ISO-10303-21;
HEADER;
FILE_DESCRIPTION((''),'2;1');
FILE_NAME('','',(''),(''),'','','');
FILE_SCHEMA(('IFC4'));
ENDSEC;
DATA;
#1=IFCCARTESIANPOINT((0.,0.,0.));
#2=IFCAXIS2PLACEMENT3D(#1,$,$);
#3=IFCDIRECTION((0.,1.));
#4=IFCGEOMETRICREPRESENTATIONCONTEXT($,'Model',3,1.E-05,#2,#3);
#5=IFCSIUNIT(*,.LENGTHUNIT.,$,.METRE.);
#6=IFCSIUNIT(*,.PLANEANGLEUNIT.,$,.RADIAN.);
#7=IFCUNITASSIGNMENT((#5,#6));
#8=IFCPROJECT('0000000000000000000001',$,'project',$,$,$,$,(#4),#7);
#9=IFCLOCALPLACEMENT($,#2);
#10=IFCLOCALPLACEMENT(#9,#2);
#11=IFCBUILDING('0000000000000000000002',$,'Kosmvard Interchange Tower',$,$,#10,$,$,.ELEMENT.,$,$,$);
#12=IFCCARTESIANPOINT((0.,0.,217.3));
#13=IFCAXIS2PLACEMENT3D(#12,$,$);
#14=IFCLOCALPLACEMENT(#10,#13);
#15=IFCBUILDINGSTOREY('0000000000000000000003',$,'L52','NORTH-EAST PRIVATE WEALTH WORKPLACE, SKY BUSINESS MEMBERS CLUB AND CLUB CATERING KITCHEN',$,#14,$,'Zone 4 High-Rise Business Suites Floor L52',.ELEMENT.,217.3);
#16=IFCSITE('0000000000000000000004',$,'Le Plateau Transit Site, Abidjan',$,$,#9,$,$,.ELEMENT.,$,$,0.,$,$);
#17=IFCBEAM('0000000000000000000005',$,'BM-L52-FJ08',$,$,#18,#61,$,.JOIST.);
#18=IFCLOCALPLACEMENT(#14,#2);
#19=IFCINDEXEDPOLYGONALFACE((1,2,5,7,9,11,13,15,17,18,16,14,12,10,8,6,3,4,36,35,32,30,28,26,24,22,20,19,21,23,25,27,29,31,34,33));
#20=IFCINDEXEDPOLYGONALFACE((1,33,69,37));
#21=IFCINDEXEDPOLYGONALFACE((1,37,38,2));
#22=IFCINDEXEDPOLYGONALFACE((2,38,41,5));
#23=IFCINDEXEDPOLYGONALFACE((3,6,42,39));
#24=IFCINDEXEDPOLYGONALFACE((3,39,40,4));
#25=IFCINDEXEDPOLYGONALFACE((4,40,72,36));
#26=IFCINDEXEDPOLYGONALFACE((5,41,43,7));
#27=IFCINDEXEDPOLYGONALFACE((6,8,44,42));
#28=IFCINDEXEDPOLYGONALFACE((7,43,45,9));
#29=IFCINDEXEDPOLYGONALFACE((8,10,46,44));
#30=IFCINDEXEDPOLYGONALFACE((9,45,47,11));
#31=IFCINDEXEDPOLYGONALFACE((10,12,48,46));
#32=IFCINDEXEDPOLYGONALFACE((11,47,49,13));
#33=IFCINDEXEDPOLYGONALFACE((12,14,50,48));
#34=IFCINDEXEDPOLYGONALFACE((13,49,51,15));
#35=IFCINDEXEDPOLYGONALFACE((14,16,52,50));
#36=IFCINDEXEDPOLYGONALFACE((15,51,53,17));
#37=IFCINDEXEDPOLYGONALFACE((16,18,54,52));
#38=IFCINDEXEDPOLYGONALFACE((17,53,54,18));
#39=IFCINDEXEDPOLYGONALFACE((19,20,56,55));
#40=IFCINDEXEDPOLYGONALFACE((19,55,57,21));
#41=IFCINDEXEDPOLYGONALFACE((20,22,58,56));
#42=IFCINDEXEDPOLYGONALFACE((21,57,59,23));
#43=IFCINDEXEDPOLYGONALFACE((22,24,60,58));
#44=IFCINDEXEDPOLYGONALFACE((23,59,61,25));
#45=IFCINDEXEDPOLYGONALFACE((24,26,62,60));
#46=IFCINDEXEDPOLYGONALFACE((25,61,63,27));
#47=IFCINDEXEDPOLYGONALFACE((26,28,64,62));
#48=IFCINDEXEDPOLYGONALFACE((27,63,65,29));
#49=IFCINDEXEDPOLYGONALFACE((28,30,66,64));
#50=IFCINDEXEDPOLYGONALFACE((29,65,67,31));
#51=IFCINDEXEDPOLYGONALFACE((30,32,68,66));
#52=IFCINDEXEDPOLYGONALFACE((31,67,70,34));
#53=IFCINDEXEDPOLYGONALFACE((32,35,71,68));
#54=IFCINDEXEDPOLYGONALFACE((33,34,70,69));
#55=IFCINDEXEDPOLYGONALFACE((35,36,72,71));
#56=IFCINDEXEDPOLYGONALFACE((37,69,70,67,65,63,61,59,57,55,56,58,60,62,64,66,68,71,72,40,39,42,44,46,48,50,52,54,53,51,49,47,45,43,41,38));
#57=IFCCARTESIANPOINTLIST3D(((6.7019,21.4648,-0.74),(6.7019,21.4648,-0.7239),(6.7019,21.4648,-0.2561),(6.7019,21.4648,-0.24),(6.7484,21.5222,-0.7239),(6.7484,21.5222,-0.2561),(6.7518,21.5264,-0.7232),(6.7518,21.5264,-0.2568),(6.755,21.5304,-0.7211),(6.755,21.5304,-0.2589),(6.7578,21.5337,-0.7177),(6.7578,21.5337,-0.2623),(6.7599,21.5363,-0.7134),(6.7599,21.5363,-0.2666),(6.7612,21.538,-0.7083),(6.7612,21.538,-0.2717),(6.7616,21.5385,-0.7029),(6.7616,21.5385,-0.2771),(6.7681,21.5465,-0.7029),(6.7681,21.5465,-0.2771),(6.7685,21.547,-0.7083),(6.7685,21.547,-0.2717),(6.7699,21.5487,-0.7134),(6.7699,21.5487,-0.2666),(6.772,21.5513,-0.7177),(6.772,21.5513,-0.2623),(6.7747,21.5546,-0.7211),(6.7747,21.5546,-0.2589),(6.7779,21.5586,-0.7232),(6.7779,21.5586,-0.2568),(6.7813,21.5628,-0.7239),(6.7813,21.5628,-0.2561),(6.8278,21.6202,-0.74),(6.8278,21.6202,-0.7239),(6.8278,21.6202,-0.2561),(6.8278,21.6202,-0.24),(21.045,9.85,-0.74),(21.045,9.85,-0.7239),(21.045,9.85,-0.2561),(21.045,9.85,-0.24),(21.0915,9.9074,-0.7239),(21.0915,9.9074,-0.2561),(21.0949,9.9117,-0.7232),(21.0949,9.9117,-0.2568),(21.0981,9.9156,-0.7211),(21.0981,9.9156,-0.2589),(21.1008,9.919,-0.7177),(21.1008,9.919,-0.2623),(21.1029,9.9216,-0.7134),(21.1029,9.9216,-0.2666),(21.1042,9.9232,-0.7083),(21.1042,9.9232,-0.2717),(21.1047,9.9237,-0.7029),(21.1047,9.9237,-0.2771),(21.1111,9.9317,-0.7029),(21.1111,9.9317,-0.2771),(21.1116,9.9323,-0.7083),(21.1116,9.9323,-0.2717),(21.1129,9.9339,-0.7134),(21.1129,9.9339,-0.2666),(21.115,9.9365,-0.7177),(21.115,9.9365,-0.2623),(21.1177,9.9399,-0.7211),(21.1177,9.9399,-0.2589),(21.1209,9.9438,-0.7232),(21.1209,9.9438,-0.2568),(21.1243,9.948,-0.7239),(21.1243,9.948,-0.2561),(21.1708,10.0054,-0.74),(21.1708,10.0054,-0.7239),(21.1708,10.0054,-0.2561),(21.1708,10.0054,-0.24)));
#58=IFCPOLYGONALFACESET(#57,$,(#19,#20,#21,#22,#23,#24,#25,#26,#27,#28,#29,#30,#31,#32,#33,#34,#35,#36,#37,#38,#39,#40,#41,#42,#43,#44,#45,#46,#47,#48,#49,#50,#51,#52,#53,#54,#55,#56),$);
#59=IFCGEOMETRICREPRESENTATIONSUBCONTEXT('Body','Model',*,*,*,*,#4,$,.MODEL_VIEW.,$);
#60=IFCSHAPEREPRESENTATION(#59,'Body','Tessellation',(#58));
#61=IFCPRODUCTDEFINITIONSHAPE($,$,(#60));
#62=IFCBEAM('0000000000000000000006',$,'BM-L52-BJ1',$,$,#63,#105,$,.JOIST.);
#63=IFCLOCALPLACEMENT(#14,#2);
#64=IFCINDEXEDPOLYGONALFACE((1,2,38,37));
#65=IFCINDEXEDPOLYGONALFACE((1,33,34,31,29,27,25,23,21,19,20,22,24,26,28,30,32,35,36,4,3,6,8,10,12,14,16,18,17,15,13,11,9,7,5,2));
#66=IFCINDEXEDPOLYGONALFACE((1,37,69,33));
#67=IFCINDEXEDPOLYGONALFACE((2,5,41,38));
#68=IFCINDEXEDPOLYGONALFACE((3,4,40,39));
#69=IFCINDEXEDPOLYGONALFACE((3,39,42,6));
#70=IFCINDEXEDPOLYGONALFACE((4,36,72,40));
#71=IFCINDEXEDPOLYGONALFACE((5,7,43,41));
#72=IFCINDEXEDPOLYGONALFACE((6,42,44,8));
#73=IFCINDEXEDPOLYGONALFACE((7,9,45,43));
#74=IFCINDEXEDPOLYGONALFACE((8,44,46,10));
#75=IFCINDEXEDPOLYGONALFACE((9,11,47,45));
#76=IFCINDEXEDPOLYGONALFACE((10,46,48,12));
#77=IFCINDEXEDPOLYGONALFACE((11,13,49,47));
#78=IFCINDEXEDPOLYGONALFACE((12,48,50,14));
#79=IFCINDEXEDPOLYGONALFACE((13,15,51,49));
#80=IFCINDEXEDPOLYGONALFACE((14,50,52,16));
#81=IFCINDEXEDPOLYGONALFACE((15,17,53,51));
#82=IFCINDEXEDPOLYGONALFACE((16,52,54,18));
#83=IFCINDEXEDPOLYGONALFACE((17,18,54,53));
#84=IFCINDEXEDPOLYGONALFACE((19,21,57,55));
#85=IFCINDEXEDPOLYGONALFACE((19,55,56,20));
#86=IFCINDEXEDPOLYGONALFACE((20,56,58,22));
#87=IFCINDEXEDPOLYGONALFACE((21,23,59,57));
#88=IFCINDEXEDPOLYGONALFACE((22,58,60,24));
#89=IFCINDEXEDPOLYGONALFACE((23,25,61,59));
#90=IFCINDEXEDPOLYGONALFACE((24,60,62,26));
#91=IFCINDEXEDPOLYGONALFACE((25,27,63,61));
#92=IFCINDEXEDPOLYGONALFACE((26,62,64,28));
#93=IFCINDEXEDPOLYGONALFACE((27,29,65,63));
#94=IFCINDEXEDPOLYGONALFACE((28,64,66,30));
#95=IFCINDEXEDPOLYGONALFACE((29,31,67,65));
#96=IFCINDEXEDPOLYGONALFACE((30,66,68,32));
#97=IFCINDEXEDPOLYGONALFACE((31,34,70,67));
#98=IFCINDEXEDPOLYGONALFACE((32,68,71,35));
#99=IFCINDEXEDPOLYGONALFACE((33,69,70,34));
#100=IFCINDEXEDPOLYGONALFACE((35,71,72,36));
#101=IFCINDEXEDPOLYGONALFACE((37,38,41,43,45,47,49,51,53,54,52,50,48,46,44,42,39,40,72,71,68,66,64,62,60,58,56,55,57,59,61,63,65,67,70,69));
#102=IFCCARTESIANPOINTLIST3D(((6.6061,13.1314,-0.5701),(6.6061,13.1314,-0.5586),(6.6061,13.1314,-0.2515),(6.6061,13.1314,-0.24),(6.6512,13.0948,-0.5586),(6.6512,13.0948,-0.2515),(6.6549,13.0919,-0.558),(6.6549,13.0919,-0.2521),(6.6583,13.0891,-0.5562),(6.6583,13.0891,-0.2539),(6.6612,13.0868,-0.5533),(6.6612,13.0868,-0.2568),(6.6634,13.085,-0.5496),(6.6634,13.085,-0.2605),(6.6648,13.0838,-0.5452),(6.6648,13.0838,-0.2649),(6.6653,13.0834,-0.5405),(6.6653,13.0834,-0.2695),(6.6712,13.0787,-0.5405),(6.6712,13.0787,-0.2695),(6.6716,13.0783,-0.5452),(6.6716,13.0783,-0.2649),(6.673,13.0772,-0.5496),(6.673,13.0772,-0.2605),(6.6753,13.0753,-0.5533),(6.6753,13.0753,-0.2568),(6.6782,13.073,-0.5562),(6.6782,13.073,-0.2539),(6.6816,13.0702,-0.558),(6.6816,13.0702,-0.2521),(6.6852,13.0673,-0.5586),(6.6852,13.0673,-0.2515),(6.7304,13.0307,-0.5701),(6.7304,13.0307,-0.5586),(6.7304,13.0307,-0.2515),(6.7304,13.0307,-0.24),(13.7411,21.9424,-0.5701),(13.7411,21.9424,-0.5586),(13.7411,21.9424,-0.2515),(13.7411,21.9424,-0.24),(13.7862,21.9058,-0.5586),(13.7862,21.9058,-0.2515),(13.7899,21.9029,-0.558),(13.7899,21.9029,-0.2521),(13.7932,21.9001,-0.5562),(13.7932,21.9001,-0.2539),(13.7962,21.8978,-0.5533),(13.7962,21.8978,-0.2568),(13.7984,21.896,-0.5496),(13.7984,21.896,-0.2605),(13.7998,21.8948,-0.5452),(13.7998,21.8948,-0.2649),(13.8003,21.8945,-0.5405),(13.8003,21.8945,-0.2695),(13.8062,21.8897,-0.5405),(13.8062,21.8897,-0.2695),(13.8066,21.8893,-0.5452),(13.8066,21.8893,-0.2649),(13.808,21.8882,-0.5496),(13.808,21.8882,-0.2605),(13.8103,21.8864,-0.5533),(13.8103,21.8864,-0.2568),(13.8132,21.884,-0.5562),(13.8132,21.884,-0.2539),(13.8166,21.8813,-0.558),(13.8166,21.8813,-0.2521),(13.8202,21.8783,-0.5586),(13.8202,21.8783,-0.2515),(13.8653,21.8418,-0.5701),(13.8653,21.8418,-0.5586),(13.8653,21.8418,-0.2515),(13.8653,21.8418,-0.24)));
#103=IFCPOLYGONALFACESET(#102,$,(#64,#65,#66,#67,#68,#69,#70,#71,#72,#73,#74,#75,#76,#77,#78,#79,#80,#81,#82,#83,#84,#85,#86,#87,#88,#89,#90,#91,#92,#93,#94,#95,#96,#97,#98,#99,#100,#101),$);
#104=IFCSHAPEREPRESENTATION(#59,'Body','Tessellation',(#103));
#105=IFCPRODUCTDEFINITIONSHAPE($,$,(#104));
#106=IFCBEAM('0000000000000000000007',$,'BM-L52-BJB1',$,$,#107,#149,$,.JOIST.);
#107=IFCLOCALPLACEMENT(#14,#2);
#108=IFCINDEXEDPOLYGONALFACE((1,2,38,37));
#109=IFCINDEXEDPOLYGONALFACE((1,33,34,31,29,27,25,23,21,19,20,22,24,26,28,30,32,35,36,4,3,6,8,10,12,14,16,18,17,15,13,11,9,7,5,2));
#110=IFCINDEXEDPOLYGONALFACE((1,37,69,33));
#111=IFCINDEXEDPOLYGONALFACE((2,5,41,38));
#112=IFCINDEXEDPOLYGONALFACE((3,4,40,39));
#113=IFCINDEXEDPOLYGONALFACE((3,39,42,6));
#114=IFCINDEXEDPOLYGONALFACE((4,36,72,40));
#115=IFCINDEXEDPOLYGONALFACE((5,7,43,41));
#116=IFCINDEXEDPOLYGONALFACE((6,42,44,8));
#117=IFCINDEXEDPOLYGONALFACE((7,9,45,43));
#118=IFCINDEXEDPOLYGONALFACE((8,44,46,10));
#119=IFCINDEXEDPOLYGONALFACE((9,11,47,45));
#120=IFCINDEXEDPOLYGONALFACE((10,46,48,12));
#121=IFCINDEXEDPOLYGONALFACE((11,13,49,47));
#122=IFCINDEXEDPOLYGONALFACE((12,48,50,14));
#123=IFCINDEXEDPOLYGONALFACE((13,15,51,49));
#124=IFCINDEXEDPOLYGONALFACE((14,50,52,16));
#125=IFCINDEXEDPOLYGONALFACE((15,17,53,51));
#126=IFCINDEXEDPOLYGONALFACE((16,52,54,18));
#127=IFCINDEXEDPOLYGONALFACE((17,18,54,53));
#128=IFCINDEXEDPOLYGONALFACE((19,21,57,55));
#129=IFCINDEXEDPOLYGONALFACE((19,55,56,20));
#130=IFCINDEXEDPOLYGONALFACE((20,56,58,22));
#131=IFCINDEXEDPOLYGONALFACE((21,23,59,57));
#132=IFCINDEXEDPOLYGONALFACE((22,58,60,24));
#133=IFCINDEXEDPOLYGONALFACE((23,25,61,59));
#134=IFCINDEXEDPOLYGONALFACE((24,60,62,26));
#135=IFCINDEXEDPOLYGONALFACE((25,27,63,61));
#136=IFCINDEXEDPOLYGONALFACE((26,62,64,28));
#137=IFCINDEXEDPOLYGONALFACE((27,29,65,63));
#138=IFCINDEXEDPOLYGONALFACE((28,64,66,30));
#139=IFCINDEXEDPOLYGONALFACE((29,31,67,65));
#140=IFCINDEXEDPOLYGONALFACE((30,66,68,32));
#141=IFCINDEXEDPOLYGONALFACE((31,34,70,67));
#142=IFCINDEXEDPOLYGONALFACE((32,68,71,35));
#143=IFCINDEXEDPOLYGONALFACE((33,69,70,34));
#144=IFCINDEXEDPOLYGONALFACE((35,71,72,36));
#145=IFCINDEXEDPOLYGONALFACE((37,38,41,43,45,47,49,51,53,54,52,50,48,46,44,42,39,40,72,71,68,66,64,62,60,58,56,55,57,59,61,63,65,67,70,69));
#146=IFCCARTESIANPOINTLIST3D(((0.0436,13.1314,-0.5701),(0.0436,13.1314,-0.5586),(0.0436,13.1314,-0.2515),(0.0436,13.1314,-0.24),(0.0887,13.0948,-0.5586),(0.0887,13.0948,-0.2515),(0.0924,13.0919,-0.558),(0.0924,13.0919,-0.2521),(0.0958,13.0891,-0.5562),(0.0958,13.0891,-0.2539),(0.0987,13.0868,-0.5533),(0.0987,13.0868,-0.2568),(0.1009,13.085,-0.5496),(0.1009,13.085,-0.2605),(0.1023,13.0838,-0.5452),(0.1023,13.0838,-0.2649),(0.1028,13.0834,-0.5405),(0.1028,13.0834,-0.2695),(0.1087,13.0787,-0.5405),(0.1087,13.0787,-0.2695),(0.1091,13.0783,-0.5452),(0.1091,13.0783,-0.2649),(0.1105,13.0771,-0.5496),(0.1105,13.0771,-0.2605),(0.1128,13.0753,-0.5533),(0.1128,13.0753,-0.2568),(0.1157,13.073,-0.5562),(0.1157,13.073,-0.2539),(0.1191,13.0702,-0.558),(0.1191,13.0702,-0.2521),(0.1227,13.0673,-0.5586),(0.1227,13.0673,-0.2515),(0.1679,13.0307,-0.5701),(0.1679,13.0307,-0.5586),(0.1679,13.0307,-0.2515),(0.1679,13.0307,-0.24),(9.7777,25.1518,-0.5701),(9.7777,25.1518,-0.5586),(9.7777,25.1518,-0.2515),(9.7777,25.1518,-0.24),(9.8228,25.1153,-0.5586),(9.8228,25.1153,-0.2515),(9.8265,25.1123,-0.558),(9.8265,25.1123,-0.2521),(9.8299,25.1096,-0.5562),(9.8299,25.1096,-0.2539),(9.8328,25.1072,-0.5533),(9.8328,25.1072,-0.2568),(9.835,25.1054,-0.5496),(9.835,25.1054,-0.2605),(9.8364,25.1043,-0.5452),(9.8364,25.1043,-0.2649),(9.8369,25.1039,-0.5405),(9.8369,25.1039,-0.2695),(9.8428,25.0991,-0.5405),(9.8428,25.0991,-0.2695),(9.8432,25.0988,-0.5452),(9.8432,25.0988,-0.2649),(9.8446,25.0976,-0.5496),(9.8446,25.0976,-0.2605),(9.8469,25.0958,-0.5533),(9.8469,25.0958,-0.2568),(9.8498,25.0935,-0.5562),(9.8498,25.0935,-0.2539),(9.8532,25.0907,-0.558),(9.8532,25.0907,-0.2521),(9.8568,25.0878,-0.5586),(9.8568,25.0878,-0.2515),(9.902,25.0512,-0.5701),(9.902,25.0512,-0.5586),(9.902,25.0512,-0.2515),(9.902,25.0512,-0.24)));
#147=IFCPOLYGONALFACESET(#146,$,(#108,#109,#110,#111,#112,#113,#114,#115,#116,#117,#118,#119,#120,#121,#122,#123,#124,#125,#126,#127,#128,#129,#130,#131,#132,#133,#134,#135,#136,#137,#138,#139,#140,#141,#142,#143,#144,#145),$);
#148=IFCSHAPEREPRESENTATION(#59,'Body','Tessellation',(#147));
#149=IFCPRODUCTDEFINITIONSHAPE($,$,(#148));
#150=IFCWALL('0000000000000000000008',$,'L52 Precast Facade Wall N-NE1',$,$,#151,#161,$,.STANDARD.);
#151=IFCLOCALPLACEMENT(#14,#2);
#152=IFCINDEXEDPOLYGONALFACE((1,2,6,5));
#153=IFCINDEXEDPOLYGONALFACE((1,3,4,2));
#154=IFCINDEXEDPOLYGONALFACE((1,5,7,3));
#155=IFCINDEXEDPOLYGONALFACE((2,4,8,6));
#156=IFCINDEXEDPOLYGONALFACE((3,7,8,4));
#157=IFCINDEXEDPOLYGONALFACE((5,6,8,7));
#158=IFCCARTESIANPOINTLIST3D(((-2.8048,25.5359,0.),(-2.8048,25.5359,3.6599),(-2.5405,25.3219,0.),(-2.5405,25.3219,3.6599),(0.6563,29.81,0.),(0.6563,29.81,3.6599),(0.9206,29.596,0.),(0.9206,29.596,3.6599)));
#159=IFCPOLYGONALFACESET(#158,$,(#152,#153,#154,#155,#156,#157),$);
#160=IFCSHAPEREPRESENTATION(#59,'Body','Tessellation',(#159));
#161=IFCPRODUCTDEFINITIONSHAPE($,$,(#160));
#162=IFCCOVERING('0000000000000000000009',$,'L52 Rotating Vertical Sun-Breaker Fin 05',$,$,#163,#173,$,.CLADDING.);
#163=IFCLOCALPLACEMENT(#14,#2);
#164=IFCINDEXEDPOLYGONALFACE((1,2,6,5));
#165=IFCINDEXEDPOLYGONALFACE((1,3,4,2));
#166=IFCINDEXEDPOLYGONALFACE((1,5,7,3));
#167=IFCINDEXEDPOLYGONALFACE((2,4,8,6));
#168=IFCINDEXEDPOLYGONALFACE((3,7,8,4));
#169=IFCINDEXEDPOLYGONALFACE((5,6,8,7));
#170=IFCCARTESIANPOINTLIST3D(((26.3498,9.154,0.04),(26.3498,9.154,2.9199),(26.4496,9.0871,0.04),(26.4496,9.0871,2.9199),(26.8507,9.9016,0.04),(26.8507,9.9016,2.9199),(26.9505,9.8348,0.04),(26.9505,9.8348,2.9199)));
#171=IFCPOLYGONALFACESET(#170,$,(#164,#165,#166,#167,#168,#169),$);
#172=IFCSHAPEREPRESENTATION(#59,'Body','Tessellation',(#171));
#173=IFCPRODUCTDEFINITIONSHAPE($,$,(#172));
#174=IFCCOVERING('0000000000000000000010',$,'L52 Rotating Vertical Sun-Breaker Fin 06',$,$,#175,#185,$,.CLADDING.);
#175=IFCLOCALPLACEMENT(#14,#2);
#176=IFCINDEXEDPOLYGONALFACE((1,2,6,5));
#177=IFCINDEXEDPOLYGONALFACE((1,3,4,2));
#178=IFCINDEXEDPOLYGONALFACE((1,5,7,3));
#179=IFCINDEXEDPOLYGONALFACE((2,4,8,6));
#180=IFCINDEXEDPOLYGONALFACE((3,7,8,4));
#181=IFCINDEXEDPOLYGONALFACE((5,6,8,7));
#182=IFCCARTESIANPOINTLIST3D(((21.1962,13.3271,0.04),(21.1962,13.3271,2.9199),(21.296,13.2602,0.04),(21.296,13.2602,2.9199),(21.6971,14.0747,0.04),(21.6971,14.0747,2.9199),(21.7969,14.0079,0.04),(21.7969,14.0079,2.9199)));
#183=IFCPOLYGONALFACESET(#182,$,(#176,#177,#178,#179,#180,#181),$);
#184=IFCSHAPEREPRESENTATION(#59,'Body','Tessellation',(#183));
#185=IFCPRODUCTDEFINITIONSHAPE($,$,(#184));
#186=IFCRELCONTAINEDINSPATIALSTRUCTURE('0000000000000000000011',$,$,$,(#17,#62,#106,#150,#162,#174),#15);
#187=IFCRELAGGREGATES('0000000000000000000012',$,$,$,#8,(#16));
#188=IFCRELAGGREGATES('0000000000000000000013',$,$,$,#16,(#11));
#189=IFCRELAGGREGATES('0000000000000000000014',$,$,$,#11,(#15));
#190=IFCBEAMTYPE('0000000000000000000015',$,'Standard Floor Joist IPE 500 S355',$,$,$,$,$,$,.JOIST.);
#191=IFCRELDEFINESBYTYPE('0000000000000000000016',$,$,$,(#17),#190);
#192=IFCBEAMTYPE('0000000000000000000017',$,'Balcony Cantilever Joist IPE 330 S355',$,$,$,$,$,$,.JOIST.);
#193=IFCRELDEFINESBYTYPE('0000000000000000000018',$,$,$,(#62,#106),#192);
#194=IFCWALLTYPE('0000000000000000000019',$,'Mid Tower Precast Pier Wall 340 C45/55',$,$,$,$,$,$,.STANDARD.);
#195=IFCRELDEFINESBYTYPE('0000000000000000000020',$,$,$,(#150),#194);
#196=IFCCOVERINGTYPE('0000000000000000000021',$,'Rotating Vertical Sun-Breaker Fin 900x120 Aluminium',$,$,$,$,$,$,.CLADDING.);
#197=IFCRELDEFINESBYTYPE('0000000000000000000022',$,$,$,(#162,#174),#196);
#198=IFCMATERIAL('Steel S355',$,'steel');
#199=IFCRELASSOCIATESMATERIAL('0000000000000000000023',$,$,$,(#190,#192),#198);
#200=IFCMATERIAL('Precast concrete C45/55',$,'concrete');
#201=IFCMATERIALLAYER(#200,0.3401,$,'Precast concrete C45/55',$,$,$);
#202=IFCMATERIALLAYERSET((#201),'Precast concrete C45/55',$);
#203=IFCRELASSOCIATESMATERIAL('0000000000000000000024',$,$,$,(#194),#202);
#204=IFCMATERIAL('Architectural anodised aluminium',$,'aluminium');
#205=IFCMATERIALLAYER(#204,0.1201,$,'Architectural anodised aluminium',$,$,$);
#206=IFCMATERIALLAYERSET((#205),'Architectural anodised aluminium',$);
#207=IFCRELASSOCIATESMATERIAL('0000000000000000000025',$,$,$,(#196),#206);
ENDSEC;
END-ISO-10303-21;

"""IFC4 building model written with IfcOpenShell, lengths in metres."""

from ifc_helpers import new_model, si_unit, direction, frame, frame_2d, origin, origin_2d, place, context, subcontext, project, spatial, rectangle, i_section, extrude, source, transform, mapped, material, layer, layer_set, material_profile, profile_set, type_object, element, save


model = new_model("IFC4")

# Units and contexts
model_context = context("Model", 3, precision=1e-05, world=origin(), true_north=direction((0.0, 1.0)))
body_context = subcontext(model_context, "Body", "Model", "MODEL_VIEW")
ifc_project = project(units=[si_unit("LENGTHUNIT", "METRE"), si_unit("PLANEANGLEUNIT", "RADIAN")], contexts=[model_context])

# Site, building, storey
site_placement = place(None, origin())
site = spatial("IfcSite", under=ifc_project, at=site_placement, Name="Le Plateau Transit Site, Abidjan", CompositionType="ELEMENT", RefElevation=0.0)
building_placement = place(site_placement, origin())
building = spatial("IfcBuilding", under=site, at=building_placement, Name="Kosmvard Interchange Tower", CompositionType="ELEMENT")
storey_placement = place(building_placement, frame((0.0, 0.0, 217.3)))
storey = spatial("IfcBuildingStorey", under=building, at=storey_placement, Name="L52", Description="NORTH-EAST PRIVATE WEALTH WORKPLACE, SKY BUSINESS MEMBERS CLUB AND CLUB CATERING KITCHEN", LongName="Zone 4 High-Rise Business Suites Floor L52", CompositionType="ELEMENT", Elevation=217.3)

# Beams
ifc_material_1 = material(Name="Steel S355", Category="steel")
ifc_material_2 = material(Name="Precast concrete C45/55", Category="concrete")
ifc_material_profile_1 = material_profile(ifc_material_1, i_section(OverallWidth=0.2, OverallDepth=0.5, WebThickness=0.0103, FlangeThickness=0.0161, FilletRadius=0.021, at=origin_2d()), Name="IPE 500")
ifc_profile_set_1 = profile_set([ifc_material_profile_1], Name="Steel S355")
beam_type_1 = type_object("IfcBeamType", Name="Standard Floor Joist IPE 500 S355", PredefinedType="JOIST", material=ifc_profile_set_1)
shared_shape_1 = source(origin(), body_context, "Body", "SweptSolid", [
    extrude(i_section(OverallWidth=0.2, OverallDepth=0.5, WebThickness=0.0103, FlangeThickness=0.0161, FilletRadius=0.021, at=origin_2d()), origin(), (0.0, 0.0, 1.0), 18.4561),
])
beam_1_placement = place(storey_placement, frame((21.1079, 9.9277, -0.49), z_axis=(-0.777146, 0.62932, 0.0), x_axis=(-0.62932, -0.777146, 0.0)))
element("IfcBeam", 1, at=beam_1_placement, inside=storey, type_object=beam_type_1, Name="BM-L52-FJ08", PredefinedType="JOIST", context=body_context, shape_type="MappedRepresentation", body=[
    mapped(shared_shape_1, transform((0.0, 0.0, 0.0), scale=1.0)),
])
ifc_material_profile_2 = material_profile(ifc_material_1, i_section(OverallWidth=0.1599, OverallDepth=0.3301, WebThickness=0.0076, FlangeThickness=0.0115, FilletRadius=0.0181, at=origin_2d()), Name="IPE 330")
ifc_profile_set_2 = profile_set([ifc_material_profile_2], Name="Steel S355")
beam_type_2 = type_object("IfcBeamType", Name="Balcony Cantilever Joist IPE 330 S355", PredefinedType="JOIST", material=ifc_profile_set_2)
shared_shape_2 = source(origin(), body_context, "Body", "SweptSolid", [
    extrude(i_section(OverallWidth=0.1599, OverallDepth=0.3301, WebThickness=0.0076, FlangeThickness=0.0115, FilletRadius=0.0181, at=origin_2d()), origin(), (0.0, 0.0, 1.0), 11.3376),
])
beam_2_placement = place(storey_placement, frame((6.6682, 13.0811, -0.405), z_axis=(0.629319, 0.777147, 0.0), x_axis=(-0.777147, 0.629319, 0.0)))
element("IfcBeam", 2, at=beam_2_placement, inside=storey, type_object=beam_type_2, Name="BM-L52-BJ1", PredefinedType="JOIST", context=body_context, shape_type="MappedRepresentation", body=[
    mapped(shared_shape_2, transform((0.0, 0.0, 0.0), scale=1.0)),
])
shared_shape_3 = source(origin(), body_context, "Body", "SweptSolid", [
    extrude(i_section(OverallWidth=0.1599, OverallDepth=0.3301, WebThickness=0.0076, FlangeThickness=0.0115, FilletRadius=0.0181, at=origin_2d()), origin(), (0.0, 0.0, 1.0), 15.4675),
])
beam_3_placement = place(storey_placement, frame((0.1057, 13.0811, -0.405), z_axis=(0.629325, 0.777142, 0.0), x_axis=(-0.777142, 0.629325, 0.0)))
element("IfcBeam", 3, at=beam_3_placement, inside=storey, type_object=beam_type_2, Name="BM-L52-BJB1", PredefinedType="JOIST", context=body_context, shape_type="MappedRepresentation", body=[
    mapped(shared_shape_3, transform((0.0, 0.0, 0.0), scale=1.0)),
])

# Wall
ifc_layer_1 = layer(ifc_material_2, 0.3401, Name="Precast concrete C45/55")
ifc_layer_set_1 = layer_set([ifc_layer_1], Name="Precast concrete C45/55")
wall_type = type_object("IfcWallType", Name="Mid Tower Precast Pier Wall 340 C45/55", PredefinedType="STANDARD", material=ifc_layer_set_1)
wall_placement = place(storey_placement, frame((0.7886, 29.7031, 0.0), z_axis=(0.0, 0.0, 1.0), x_axis=(-0.629323, -0.777144, 0.0)))
element("IfcWall", 4, at=wall_placement, inside=storey, type_object=wall_type, Name="L52 Precast Facade Wall N-NE1", PredefinedType="STANDARD", context=body_context, shape_type="SweptSolid", body=[
    extrude(rectangle(XDim=5.4998, YDim=0.3401, at=frame_2d((2.75, 0.0))), origin(), (0.0, 0.0, 1.0), 3.6599),
])

# Coverings
ifc_material_3 = material(Name="Architectural anodised aluminium", Category="aluminium")
ifc_layer_2 = layer(ifc_material_3, 0.1201, Name="Architectural anodised aluminium")
ifc_layer_set_2 = layer_set([ifc_layer_2], Name="Architectural anodised aluminium")
covering_type = type_object("IfcCoveringType", Name="Rotating Vertical Sun-Breaker Fin 900x120 Aluminium", PredefinedType="CLADDING", material=ifc_layer_set_2)
shared_shape_4 = source(origin(), body_context, "Body", "SweptSolid", [
    extrude(rectangle(XDim=0.8999, YDim=0.1201, at=origin_2d()), origin(), (0.0, 0.0, 1.0), 2.8799),
])
for number, where, z_axis, x_axis, name in (
    (5, (26.6501, 9.4944, 0.04), (0.0, 0.0, 1.0), (0.556586, 0.83079, 0.0), "L52 Rotating Vertical Sun-Breaker Fin 05"),
    (6, (21.4966, 13.6675, 0.04), (0.0, 0.0, 1.0), (0.556586, 0.83079, 0.0), "L52 Rotating Vertical Sun-Breaker Fin 06"),
):
    element("IfcCovering", number, at=place(storey_placement, frame(where, z_axis=z_axis, x_axis=x_axis)), inside=storey, type_object=covering_type, Name=name, PredefinedType="CLADDING", context=body_context, shape_type="MappedRepresentation", body=[
        mapped(shared_shape_4, transform((0.0, 0.0, 0.0), scale=1.0)),
    ])

save(model, "model.ifc")
